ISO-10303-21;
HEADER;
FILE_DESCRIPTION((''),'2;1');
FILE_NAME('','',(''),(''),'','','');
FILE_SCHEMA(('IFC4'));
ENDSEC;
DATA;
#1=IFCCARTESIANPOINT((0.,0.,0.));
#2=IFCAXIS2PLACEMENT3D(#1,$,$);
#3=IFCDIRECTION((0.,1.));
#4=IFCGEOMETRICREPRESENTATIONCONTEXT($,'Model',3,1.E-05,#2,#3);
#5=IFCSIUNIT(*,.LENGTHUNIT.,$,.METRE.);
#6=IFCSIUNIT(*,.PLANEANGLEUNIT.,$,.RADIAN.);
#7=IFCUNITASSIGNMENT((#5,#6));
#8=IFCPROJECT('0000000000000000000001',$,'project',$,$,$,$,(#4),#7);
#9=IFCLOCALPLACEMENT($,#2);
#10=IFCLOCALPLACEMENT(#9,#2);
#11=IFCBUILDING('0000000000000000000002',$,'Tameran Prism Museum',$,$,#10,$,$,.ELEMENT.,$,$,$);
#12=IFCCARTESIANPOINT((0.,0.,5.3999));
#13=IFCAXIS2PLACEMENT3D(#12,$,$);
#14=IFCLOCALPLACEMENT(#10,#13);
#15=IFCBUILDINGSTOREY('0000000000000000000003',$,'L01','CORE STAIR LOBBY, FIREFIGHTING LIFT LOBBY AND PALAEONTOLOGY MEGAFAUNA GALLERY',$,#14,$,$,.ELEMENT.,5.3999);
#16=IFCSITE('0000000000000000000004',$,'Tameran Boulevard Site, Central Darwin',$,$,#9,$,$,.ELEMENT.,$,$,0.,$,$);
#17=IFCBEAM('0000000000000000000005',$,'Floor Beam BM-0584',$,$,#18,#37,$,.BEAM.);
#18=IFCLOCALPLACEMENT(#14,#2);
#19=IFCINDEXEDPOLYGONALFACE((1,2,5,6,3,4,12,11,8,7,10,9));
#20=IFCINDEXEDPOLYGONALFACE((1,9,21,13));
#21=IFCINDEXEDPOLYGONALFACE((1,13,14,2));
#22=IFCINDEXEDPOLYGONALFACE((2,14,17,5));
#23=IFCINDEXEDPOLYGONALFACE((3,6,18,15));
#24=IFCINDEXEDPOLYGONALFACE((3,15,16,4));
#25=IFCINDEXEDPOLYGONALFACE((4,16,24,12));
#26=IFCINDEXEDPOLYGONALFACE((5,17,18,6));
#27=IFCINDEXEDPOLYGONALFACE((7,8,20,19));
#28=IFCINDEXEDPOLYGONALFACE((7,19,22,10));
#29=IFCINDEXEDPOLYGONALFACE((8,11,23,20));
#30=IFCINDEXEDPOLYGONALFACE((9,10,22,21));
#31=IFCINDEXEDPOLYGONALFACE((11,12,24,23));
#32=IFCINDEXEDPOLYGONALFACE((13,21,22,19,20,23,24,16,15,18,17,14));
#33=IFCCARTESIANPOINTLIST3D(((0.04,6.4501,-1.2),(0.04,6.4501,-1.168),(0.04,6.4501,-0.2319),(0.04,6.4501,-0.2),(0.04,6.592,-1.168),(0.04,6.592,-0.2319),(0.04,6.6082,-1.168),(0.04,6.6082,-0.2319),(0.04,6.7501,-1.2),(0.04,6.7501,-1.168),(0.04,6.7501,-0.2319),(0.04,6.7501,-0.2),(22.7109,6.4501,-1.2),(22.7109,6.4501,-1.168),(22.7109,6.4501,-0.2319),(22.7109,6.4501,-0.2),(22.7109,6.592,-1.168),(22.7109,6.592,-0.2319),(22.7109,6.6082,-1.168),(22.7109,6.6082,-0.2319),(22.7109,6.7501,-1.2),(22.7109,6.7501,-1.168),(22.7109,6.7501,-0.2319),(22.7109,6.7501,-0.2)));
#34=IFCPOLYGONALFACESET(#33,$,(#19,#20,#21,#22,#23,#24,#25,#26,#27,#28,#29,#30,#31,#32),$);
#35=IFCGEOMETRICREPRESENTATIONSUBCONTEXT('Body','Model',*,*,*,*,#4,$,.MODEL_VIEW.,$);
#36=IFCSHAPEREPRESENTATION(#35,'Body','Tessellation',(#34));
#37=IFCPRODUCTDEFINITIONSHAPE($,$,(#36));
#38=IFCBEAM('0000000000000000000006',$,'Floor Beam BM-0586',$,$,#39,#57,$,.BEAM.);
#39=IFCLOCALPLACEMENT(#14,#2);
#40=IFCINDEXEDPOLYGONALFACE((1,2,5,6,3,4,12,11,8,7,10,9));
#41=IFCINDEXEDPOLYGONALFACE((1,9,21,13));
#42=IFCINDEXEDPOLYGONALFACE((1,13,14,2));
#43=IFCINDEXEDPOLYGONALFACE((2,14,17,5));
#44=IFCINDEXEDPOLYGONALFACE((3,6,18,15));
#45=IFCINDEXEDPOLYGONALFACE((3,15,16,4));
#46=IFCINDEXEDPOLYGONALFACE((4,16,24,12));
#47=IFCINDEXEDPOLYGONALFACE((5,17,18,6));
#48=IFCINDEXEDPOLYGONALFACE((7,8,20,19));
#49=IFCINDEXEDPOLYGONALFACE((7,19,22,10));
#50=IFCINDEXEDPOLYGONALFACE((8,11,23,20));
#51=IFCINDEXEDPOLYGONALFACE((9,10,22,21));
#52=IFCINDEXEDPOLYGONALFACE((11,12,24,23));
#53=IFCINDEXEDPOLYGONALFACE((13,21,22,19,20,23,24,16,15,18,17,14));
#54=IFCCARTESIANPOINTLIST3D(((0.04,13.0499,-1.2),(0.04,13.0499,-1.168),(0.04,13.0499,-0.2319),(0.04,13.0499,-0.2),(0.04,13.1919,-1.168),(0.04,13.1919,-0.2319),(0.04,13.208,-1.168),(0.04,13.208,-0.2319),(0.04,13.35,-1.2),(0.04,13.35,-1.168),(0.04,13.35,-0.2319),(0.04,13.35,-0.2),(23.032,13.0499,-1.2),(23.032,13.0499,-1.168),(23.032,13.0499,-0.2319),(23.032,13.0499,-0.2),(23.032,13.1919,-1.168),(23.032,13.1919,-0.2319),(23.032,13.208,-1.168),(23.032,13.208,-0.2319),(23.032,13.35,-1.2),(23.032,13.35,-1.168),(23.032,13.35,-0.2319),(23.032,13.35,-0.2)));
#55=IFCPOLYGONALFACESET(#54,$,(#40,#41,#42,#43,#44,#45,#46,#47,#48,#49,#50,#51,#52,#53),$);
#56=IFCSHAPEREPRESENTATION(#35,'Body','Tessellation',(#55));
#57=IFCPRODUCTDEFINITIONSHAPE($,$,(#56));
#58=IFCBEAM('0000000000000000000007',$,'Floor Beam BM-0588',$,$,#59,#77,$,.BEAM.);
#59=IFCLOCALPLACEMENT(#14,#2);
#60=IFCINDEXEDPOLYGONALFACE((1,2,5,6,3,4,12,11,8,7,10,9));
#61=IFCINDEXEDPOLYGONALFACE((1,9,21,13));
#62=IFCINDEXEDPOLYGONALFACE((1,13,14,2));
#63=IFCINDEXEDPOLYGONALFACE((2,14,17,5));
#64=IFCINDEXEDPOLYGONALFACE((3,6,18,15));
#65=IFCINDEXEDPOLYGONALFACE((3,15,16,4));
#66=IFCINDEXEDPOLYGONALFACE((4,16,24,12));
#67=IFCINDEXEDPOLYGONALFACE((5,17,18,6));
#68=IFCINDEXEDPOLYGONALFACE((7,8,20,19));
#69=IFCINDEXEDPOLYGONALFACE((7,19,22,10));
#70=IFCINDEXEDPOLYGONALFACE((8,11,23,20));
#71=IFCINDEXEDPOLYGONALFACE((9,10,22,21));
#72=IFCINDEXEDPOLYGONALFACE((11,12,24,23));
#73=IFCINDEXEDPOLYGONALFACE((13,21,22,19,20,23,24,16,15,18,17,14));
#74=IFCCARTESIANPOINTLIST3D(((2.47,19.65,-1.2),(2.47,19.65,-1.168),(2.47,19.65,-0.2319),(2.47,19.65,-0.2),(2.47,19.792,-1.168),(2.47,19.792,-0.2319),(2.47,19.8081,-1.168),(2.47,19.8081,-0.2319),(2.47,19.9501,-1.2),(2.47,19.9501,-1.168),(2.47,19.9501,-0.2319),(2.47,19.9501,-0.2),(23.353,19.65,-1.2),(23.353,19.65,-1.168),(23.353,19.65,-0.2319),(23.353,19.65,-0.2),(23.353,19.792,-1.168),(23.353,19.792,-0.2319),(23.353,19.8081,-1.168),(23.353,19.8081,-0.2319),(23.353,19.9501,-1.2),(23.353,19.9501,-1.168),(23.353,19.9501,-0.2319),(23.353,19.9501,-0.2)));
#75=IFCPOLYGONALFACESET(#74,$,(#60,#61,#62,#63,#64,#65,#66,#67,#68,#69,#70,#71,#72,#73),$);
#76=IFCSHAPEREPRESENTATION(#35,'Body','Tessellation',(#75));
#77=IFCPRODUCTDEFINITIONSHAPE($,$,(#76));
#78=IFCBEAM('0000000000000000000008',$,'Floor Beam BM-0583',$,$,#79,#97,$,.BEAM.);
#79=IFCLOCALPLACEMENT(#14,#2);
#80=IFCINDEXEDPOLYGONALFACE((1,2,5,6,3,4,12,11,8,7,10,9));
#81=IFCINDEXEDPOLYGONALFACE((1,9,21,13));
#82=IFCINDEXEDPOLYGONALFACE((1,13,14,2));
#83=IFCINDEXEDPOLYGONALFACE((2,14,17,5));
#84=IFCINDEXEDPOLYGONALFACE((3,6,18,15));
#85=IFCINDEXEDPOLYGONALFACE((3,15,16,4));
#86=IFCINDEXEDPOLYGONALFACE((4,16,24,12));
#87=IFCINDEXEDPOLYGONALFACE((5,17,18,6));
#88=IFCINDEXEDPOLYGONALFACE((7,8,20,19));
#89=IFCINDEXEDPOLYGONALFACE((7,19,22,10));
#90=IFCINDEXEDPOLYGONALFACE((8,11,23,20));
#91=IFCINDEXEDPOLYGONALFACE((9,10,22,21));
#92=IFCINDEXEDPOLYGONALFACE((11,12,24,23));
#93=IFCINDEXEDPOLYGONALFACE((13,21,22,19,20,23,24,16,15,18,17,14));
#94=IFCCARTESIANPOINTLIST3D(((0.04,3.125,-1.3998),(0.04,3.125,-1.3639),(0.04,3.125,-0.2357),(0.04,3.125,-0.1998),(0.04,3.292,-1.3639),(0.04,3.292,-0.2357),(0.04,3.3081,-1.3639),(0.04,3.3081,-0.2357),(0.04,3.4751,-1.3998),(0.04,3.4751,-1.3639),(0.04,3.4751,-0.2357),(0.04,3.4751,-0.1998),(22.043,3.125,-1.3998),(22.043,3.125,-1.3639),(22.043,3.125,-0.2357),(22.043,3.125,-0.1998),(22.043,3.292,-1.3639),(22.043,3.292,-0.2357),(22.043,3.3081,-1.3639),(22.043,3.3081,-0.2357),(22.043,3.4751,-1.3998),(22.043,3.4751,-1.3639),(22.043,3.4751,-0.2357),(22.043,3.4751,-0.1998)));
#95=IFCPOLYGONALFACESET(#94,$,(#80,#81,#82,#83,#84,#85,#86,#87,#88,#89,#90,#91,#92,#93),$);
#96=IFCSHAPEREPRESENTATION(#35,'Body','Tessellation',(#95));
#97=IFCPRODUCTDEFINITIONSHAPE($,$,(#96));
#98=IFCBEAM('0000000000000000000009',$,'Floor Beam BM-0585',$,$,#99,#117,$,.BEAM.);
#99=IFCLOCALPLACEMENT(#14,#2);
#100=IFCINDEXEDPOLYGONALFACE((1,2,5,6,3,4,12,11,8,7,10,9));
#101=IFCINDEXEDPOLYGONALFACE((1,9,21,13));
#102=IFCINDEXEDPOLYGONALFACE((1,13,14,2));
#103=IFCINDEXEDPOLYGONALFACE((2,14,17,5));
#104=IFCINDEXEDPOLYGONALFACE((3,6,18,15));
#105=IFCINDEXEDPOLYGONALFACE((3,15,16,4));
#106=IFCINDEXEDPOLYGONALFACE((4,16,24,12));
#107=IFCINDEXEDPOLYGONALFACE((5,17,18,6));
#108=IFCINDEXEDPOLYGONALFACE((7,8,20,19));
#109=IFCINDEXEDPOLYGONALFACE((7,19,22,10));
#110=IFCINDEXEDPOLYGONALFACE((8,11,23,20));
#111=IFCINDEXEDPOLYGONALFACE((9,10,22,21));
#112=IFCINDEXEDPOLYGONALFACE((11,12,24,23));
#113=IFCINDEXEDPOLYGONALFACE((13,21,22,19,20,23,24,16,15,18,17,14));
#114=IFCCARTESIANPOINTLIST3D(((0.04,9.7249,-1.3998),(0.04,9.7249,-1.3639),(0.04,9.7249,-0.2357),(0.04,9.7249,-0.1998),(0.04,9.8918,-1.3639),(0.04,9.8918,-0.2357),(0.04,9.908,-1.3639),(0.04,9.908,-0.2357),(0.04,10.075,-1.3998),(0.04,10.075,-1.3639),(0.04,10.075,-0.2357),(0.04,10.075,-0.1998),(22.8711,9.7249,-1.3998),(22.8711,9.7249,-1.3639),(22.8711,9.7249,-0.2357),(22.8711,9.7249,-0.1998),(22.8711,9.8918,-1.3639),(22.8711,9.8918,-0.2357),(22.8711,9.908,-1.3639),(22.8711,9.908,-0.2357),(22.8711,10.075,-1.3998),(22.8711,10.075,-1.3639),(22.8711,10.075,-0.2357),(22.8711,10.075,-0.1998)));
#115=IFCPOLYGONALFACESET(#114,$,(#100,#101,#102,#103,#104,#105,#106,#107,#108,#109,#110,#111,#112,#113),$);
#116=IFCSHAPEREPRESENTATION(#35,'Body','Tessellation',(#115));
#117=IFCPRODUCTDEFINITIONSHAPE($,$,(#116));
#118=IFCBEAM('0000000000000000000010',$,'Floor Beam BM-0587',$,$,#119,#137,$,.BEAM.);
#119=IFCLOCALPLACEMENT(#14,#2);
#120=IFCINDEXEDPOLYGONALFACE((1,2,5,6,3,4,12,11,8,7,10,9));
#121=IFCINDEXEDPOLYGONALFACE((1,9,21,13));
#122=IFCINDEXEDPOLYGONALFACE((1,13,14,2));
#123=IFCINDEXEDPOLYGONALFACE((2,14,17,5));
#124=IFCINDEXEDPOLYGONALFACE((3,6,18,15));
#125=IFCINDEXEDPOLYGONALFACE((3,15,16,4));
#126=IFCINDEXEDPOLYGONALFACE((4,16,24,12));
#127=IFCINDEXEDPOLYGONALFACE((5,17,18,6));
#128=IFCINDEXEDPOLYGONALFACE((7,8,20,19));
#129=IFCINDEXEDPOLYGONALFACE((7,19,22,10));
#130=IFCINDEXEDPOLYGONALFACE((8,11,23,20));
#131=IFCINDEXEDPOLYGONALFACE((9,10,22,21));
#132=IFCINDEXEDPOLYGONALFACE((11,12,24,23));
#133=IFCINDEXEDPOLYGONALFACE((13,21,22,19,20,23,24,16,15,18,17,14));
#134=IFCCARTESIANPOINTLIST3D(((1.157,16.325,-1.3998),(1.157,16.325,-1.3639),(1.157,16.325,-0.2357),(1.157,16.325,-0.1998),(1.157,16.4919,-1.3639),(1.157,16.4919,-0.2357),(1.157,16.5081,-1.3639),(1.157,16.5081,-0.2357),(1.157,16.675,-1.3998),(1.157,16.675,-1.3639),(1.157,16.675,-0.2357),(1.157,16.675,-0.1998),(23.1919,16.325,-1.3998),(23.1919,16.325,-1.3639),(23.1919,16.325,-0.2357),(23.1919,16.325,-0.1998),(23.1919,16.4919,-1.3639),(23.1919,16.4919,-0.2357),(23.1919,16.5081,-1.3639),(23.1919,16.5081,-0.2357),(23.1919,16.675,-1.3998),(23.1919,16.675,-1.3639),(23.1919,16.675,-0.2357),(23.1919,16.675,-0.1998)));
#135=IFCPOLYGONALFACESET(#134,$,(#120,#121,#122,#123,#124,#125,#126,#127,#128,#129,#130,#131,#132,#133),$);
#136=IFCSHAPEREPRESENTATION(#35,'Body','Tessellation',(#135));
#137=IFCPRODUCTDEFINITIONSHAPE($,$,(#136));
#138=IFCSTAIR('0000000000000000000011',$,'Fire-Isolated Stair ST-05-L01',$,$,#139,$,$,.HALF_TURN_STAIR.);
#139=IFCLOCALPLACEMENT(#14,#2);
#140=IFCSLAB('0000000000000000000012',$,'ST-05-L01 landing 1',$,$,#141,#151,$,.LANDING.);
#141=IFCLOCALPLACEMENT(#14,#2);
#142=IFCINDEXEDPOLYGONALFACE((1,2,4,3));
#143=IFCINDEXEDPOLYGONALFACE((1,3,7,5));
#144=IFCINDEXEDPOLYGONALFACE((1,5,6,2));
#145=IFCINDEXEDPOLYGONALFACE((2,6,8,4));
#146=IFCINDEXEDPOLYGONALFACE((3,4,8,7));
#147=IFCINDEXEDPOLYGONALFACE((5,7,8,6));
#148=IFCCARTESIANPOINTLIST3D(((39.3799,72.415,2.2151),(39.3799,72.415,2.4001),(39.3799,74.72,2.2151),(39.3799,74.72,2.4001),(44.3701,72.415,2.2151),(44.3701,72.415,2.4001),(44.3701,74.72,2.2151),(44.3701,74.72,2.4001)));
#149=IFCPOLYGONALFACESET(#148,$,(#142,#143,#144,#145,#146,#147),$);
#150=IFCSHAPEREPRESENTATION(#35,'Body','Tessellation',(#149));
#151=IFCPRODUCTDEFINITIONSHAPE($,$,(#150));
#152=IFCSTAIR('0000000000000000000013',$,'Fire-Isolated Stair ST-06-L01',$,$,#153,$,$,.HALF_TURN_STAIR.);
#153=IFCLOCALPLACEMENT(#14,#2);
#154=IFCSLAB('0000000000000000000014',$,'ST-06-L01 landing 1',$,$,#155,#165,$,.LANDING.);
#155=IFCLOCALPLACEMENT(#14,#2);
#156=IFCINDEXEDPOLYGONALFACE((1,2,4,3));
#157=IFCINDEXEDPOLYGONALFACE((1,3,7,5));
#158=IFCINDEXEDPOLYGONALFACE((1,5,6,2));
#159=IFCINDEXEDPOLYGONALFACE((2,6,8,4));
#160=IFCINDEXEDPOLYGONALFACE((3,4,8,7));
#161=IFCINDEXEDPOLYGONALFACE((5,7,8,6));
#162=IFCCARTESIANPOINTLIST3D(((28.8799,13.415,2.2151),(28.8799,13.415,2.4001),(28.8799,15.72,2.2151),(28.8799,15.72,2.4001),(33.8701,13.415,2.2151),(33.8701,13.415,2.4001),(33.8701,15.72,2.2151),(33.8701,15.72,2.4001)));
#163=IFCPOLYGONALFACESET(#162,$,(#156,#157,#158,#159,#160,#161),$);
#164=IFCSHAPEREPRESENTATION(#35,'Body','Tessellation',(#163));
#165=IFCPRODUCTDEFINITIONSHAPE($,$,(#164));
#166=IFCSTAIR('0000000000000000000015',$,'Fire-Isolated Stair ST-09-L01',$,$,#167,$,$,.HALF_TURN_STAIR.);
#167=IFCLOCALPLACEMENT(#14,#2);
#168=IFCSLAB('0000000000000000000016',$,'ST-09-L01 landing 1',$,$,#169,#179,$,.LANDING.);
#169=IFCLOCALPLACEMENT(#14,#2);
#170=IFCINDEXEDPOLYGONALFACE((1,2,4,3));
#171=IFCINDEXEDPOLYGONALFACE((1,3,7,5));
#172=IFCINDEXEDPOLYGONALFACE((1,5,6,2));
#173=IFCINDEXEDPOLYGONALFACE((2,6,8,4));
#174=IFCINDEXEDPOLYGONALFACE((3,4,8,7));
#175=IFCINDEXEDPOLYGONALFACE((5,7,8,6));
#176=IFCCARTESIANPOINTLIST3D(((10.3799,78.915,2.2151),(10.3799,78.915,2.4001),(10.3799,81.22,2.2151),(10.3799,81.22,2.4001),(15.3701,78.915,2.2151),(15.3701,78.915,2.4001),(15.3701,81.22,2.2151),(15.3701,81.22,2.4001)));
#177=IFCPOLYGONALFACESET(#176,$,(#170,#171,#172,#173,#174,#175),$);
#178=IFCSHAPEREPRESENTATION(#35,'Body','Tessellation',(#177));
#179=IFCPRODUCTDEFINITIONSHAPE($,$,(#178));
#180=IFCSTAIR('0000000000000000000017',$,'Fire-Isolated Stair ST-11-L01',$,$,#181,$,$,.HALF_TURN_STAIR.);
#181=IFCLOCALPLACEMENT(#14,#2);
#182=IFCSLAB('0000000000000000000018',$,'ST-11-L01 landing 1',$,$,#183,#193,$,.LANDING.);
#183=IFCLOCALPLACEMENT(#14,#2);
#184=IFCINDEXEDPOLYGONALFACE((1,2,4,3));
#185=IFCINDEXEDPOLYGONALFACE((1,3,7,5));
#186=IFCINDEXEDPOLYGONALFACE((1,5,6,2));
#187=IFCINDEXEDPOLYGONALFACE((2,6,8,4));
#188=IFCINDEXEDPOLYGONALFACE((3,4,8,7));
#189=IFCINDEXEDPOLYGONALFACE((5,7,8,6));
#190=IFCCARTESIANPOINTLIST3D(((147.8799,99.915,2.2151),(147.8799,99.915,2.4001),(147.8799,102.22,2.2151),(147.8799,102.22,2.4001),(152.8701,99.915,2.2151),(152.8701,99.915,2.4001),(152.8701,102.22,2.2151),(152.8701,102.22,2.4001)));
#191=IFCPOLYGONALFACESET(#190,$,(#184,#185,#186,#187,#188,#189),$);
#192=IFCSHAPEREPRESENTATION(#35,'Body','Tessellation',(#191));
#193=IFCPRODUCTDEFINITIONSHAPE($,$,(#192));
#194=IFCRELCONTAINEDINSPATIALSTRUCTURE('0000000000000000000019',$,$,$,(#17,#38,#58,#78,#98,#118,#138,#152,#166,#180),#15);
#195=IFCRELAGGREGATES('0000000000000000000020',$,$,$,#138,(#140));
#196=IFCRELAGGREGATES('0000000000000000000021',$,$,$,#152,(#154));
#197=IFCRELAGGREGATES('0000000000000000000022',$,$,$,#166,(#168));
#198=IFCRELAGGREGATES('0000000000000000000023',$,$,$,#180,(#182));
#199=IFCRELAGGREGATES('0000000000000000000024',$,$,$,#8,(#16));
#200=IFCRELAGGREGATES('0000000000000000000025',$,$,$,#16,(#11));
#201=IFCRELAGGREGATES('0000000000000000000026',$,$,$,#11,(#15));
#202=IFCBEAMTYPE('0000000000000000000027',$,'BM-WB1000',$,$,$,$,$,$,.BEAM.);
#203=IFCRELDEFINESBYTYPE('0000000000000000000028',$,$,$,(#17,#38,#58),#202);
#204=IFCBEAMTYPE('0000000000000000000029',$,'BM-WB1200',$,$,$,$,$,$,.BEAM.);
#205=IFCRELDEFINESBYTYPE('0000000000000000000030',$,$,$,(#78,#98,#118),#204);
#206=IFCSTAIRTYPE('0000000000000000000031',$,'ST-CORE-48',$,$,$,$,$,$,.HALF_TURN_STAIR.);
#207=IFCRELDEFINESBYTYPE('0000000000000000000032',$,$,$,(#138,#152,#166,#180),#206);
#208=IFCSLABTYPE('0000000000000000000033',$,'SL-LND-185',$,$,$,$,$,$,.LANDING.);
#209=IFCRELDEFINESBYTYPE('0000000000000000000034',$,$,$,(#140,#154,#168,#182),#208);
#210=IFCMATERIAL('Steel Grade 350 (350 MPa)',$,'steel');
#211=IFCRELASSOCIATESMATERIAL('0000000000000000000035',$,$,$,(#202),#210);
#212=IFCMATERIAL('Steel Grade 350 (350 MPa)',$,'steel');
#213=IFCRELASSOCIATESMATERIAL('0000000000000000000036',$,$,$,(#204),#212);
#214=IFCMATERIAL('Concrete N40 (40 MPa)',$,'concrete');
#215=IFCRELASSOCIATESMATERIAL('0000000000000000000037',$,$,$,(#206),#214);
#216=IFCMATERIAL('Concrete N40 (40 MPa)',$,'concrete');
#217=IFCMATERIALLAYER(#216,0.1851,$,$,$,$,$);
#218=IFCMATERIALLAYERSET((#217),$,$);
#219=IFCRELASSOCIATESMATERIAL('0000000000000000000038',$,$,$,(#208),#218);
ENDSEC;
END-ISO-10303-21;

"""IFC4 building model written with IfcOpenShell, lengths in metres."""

from ifc_helpers import new_model, si_unit, direction, frame, origin, origin_2d, place, context, subcontext, project, spatial, polyline, i_section, outline, extrude, material, layer, layer_set, material_profile, profile_set, type_object, element, aggregate, save


model = new_model("IFC4")

# Units and contexts
model_context = context("Model", 3, precision=1e-05, world=origin(), true_north=direction((0.0, 1.0)))
body_context = subcontext(model_context, "Body", "Model", "MODEL_VIEW")
ifc_project = project(units=[si_unit("LENGTHUNIT", "METRE"), si_unit("PLANEANGLEUNIT", "RADIAN")], contexts=[model_context])

# Site, building, storey
site_placement = place(None, origin())
site = spatial("IfcSite", under=ifc_project, at=site_placement, Name="Tameran Boulevard Site, Central Darwin", CompositionType="ELEMENT", RefElevation=0.0)
building_placement = place(site_placement, origin())
building = spatial("IfcBuilding", under=site, at=building_placement, Name="Tameran Prism Museum", CompositionType="ELEMENT")
storey_placement = place(building_placement, frame((0.0, 0.0, 5.3999)))
storey = spatial("IfcBuildingStorey", under=building, at=storey_placement, Name="L01", Description="CORE STAIR LOBBY, FIREFIGHTING LIFT LOBBY AND PALAEONTOLOGY MEGAFAUNA GALLERY", CompositionType="ELEMENT", Elevation=5.3999)

# Beams
ifc_material_1 = material(Name="Steel Grade 350 (350 MPa)", Category="steel")
ifc_material_profile_1 = material_profile(ifc_material_1, i_section(OverallWidth=0.3, OverallDepth=1.0, WebThickness=0.0161, FlangeThickness=0.032, at=origin_2d()))
ifc_profile_set_1 = profile_set([ifc_material_profile_1])
beam_type_1 = type_object("IfcBeamType", Name="BM-WB1000", PredefinedType="BEAM", material=ifc_profile_set_1)
beam_1_placement = place(storey_placement, frame((0.04, 6.6001, -0.7), z_axis=(1.0, 0.0, 0.0), x_axis=(0.0, 1.0, 0.0)))
element("IfcBeam", 1, at=beam_1_placement, inside=storey, type_object=beam_type_1, Name="Floor Beam BM-0584", PredefinedType="BEAM", context=body_context, shape_type="SweptSolid", body=[
    extrude(i_section(OverallWidth=0.3, OverallDepth=1.0, WebThickness=0.0161, FlangeThickness=0.032, at=origin_2d()), origin(), (0.0, 0.0, 1.0), 22.6709),
])
beam_2_placement = place(storey_placement, frame((0.04, 13.2, -0.7), z_axis=(1.0, 0.0, 0.0), x_axis=(0.0, 1.0, 0.0)))
element("IfcBeam", 2, at=beam_2_placement, inside=storey, type_object=beam_type_1, Name="Floor Beam BM-0586", PredefinedType="BEAM", context=body_context, shape_type="SweptSolid", body=[
    extrude(i_section(OverallWidth=0.3, OverallDepth=1.0, WebThickness=0.0161, FlangeThickness=0.032, at=origin_2d()), origin(), (0.0, 0.0, 1.0), 22.9919),
])
beam_3_placement = place(storey_placement, frame((2.47, 19.8, -0.7), z_axis=(1.0, 0.0, 0.0), x_axis=(0.0, 1.0, 0.0)))
element("IfcBeam", 3, at=beam_3_placement, inside=storey, type_object=beam_type_1, Name="Floor Beam BM-0588", PredefinedType="BEAM", context=body_context, shape_type="SweptSolid", body=[
    extrude(i_section(OverallWidth=0.3, OverallDepth=1.0, WebThickness=0.0161, FlangeThickness=0.032, at=origin_2d()), origin(), (0.0, 0.0, 1.0), 20.8831),
])
ifc_material_2 = material(Name="Steel Grade 350 (350 MPa)", Category="steel")
ifc_material_profile_2 = material_profile(ifc_material_2, i_section(OverallWidth=0.3501, OverallDepth=1.2, WebThickness=0.0161, FlangeThickness=0.0359, at=origin_2d()))
ifc_profile_set_2 = profile_set([ifc_material_profile_2])
beam_type_2 = type_object("IfcBeamType", Name="BM-WB1200", PredefinedType="BEAM", material=ifc_profile_set_2)
beam_4_placement = place(storey_placement, frame((0.04, 3.3, -0.7998), z_axis=(1.0, 0.0, 0.0), x_axis=(0.0, 1.0, 0.0)))
element("IfcBeam", 4, at=beam_4_placement, inside=storey, type_object=beam_type_2, Name="Floor Beam BM-0583", PredefinedType="BEAM", context=body_context, shape_type="SweptSolid", body=[
    extrude(i_section(OverallWidth=0.3501, OverallDepth=1.2, WebThickness=0.0161, FlangeThickness=0.0359, at=origin_2d()), origin(), (0.0, 0.0, 1.0), 22.0029),
])
beam_5_placement = place(storey_placement, frame((0.04, 9.8999, -0.7998), z_axis=(1.0, 0.0, 0.0), x_axis=(0.0, 1.0, 0.0)))
element("IfcBeam", 5, at=beam_5_placement, inside=storey, type_object=beam_type_2, Name="Floor Beam BM-0585", PredefinedType="BEAM", context=body_context, shape_type="SweptSolid", body=[
    extrude(i_section(OverallWidth=0.3501, OverallDepth=1.2, WebThickness=0.0161, FlangeThickness=0.0359, at=origin_2d()), origin(), (0.0, 0.0, 1.0), 22.8311),
])
beam_6_placement = place(storey_placement, frame((1.157, 16.5, -0.7998), z_axis=(1.0, 0.0, 0.0), x_axis=(0.0, 1.0, 0.0)))
element("IfcBeam", 6, at=beam_6_placement, inside=storey, type_object=beam_type_2, Name="Floor Beam BM-0587", PredefinedType="BEAM", context=body_context, shape_type="SweptSolid", body=[
    extrude(i_section(OverallWidth=0.3501, OverallDepth=1.2, WebThickness=0.0161, FlangeThickness=0.0359, at=origin_2d()), origin(), (0.0, 0.0, 1.0), 22.0349),
])

# Stairs, slabs
ifc_material_3 = material(Name="Concrete N40 (40 MPa)", Category="concrete")
stair_type_1 = type_object("IfcStairType", Name="ST-CORE-48", PredefinedType="HALF_TURN_STAIR", material=ifc_material_3)
stair_1_placement = place(storey_placement, origin())
stair_1 = element("IfcStair", 7, at=stair_1_placement, inside=storey, type_object=stair_type_1, Name="Fire-Isolated Stair ST-05-L01", PredefinedType="HALF_TURN_STAIR")
ifc_material_4 = material(Name="Concrete N40 (40 MPa)", Category="concrete")
ifc_layer_1 = layer(ifc_material_4, 0.1851)
ifc_layer_set_1 = layer_set([ifc_layer_1])
slab_type_1 = type_object("IfcSlabType", Name="SL-LND-185", PredefinedType="LANDING", material=ifc_layer_set_1)
slab_1_placement = place(storey_placement, frame((0.0, 0.0, 2.2151)))
slab_1 = element("IfcSlab", 8, at=slab_1_placement, type_object=slab_type_1, Name="ST-05-L01 landing 1", PredefinedType="LANDING", context=body_context, shape_type="SweptSolid", body=[
    extrude(outline(polyline([(39.3799, 72.415), (44.3701, 72.415), (44.3701, 74.72), (39.3799, 74.72), (39.3799, 72.415)])), origin(), (0.0, 0.0, 1.0), 0.1851),
])
aggregate(stair_1, [slab_1])
stair_2_placement = place(storey_placement, origin())
stair_2 = element("IfcStair", 9, at=stair_2_placement, inside=storey, type_object=stair_type_1, Name="Fire-Isolated Stair ST-06-L01", PredefinedType="HALF_TURN_STAIR")
slab_2_placement = place(storey_placement, frame((0.0, 0.0, 2.2151)))
slab_2 = element("IfcSlab", 10, at=slab_2_placement, type_object=slab_type_1, Name="ST-06-L01 landing 1", PredefinedType="LANDING", context=body_context, shape_type="SweptSolid", body=[
    extrude(outline(polyline([(28.8799, 13.415), (33.8701, 13.415), (33.8701, 15.72), (28.8799, 15.72), (28.8799, 13.415)])), origin(), (0.0, 0.0, 1.0), 0.1851),
])
aggregate(stair_2, [slab_2])
stair_3_placement = place(storey_placement, origin())
stair_3 = element("IfcStair", 11, at=stair_3_placement, inside=storey, type_object=stair_type_1, Name="Fire-Isolated Stair ST-09-L01", PredefinedType="HALF_TURN_STAIR")
slab_3_placement = place(storey_placement, frame((0.0, 0.0, 2.2151)))
slab_3 = element("IfcSlab", 12, at=slab_3_placement, type_object=slab_type_1, Name="ST-09-L01 landing 1", PredefinedType="LANDING", context=body_context, shape_type="SweptSolid", body=[
    extrude(outline(polyline([(10.3799, 78.915), (15.3701, 78.915), (15.3701, 81.22), (10.3799, 81.22), (10.3799, 78.915)])), origin(), (0.0, 0.0, 1.0), 0.1851),
])
aggregate(stair_3, [slab_3])
stair_4_placement = place(storey_placement, origin())
stair_4 = element("IfcStair", 13, at=stair_4_placement, inside=storey, type_object=stair_type_1, Name="Fire-Isolated Stair ST-11-L01", PredefinedType="HALF_TURN_STAIR")
slab_4_placement = place(storey_placement, frame((0.0, 0.0, 2.2151)))
slab_4 = element("IfcSlab", 14, at=slab_4_placement, type_object=slab_type_1, Name="ST-11-L01 landing 1", PredefinedType="LANDING", context=body_context, shape_type="SweptSolid", body=[
    extrude(outline(polyline([(147.8799, 99.915), (152.8701, 99.915), (152.8701, 102.22), (147.8799, 102.22), (147.8799, 99.915)])), origin(), (0.0, 0.0, 1.0), 0.1851),
])
aggregate(stair_4, [slab_4])

save(model, "model.ifc")
